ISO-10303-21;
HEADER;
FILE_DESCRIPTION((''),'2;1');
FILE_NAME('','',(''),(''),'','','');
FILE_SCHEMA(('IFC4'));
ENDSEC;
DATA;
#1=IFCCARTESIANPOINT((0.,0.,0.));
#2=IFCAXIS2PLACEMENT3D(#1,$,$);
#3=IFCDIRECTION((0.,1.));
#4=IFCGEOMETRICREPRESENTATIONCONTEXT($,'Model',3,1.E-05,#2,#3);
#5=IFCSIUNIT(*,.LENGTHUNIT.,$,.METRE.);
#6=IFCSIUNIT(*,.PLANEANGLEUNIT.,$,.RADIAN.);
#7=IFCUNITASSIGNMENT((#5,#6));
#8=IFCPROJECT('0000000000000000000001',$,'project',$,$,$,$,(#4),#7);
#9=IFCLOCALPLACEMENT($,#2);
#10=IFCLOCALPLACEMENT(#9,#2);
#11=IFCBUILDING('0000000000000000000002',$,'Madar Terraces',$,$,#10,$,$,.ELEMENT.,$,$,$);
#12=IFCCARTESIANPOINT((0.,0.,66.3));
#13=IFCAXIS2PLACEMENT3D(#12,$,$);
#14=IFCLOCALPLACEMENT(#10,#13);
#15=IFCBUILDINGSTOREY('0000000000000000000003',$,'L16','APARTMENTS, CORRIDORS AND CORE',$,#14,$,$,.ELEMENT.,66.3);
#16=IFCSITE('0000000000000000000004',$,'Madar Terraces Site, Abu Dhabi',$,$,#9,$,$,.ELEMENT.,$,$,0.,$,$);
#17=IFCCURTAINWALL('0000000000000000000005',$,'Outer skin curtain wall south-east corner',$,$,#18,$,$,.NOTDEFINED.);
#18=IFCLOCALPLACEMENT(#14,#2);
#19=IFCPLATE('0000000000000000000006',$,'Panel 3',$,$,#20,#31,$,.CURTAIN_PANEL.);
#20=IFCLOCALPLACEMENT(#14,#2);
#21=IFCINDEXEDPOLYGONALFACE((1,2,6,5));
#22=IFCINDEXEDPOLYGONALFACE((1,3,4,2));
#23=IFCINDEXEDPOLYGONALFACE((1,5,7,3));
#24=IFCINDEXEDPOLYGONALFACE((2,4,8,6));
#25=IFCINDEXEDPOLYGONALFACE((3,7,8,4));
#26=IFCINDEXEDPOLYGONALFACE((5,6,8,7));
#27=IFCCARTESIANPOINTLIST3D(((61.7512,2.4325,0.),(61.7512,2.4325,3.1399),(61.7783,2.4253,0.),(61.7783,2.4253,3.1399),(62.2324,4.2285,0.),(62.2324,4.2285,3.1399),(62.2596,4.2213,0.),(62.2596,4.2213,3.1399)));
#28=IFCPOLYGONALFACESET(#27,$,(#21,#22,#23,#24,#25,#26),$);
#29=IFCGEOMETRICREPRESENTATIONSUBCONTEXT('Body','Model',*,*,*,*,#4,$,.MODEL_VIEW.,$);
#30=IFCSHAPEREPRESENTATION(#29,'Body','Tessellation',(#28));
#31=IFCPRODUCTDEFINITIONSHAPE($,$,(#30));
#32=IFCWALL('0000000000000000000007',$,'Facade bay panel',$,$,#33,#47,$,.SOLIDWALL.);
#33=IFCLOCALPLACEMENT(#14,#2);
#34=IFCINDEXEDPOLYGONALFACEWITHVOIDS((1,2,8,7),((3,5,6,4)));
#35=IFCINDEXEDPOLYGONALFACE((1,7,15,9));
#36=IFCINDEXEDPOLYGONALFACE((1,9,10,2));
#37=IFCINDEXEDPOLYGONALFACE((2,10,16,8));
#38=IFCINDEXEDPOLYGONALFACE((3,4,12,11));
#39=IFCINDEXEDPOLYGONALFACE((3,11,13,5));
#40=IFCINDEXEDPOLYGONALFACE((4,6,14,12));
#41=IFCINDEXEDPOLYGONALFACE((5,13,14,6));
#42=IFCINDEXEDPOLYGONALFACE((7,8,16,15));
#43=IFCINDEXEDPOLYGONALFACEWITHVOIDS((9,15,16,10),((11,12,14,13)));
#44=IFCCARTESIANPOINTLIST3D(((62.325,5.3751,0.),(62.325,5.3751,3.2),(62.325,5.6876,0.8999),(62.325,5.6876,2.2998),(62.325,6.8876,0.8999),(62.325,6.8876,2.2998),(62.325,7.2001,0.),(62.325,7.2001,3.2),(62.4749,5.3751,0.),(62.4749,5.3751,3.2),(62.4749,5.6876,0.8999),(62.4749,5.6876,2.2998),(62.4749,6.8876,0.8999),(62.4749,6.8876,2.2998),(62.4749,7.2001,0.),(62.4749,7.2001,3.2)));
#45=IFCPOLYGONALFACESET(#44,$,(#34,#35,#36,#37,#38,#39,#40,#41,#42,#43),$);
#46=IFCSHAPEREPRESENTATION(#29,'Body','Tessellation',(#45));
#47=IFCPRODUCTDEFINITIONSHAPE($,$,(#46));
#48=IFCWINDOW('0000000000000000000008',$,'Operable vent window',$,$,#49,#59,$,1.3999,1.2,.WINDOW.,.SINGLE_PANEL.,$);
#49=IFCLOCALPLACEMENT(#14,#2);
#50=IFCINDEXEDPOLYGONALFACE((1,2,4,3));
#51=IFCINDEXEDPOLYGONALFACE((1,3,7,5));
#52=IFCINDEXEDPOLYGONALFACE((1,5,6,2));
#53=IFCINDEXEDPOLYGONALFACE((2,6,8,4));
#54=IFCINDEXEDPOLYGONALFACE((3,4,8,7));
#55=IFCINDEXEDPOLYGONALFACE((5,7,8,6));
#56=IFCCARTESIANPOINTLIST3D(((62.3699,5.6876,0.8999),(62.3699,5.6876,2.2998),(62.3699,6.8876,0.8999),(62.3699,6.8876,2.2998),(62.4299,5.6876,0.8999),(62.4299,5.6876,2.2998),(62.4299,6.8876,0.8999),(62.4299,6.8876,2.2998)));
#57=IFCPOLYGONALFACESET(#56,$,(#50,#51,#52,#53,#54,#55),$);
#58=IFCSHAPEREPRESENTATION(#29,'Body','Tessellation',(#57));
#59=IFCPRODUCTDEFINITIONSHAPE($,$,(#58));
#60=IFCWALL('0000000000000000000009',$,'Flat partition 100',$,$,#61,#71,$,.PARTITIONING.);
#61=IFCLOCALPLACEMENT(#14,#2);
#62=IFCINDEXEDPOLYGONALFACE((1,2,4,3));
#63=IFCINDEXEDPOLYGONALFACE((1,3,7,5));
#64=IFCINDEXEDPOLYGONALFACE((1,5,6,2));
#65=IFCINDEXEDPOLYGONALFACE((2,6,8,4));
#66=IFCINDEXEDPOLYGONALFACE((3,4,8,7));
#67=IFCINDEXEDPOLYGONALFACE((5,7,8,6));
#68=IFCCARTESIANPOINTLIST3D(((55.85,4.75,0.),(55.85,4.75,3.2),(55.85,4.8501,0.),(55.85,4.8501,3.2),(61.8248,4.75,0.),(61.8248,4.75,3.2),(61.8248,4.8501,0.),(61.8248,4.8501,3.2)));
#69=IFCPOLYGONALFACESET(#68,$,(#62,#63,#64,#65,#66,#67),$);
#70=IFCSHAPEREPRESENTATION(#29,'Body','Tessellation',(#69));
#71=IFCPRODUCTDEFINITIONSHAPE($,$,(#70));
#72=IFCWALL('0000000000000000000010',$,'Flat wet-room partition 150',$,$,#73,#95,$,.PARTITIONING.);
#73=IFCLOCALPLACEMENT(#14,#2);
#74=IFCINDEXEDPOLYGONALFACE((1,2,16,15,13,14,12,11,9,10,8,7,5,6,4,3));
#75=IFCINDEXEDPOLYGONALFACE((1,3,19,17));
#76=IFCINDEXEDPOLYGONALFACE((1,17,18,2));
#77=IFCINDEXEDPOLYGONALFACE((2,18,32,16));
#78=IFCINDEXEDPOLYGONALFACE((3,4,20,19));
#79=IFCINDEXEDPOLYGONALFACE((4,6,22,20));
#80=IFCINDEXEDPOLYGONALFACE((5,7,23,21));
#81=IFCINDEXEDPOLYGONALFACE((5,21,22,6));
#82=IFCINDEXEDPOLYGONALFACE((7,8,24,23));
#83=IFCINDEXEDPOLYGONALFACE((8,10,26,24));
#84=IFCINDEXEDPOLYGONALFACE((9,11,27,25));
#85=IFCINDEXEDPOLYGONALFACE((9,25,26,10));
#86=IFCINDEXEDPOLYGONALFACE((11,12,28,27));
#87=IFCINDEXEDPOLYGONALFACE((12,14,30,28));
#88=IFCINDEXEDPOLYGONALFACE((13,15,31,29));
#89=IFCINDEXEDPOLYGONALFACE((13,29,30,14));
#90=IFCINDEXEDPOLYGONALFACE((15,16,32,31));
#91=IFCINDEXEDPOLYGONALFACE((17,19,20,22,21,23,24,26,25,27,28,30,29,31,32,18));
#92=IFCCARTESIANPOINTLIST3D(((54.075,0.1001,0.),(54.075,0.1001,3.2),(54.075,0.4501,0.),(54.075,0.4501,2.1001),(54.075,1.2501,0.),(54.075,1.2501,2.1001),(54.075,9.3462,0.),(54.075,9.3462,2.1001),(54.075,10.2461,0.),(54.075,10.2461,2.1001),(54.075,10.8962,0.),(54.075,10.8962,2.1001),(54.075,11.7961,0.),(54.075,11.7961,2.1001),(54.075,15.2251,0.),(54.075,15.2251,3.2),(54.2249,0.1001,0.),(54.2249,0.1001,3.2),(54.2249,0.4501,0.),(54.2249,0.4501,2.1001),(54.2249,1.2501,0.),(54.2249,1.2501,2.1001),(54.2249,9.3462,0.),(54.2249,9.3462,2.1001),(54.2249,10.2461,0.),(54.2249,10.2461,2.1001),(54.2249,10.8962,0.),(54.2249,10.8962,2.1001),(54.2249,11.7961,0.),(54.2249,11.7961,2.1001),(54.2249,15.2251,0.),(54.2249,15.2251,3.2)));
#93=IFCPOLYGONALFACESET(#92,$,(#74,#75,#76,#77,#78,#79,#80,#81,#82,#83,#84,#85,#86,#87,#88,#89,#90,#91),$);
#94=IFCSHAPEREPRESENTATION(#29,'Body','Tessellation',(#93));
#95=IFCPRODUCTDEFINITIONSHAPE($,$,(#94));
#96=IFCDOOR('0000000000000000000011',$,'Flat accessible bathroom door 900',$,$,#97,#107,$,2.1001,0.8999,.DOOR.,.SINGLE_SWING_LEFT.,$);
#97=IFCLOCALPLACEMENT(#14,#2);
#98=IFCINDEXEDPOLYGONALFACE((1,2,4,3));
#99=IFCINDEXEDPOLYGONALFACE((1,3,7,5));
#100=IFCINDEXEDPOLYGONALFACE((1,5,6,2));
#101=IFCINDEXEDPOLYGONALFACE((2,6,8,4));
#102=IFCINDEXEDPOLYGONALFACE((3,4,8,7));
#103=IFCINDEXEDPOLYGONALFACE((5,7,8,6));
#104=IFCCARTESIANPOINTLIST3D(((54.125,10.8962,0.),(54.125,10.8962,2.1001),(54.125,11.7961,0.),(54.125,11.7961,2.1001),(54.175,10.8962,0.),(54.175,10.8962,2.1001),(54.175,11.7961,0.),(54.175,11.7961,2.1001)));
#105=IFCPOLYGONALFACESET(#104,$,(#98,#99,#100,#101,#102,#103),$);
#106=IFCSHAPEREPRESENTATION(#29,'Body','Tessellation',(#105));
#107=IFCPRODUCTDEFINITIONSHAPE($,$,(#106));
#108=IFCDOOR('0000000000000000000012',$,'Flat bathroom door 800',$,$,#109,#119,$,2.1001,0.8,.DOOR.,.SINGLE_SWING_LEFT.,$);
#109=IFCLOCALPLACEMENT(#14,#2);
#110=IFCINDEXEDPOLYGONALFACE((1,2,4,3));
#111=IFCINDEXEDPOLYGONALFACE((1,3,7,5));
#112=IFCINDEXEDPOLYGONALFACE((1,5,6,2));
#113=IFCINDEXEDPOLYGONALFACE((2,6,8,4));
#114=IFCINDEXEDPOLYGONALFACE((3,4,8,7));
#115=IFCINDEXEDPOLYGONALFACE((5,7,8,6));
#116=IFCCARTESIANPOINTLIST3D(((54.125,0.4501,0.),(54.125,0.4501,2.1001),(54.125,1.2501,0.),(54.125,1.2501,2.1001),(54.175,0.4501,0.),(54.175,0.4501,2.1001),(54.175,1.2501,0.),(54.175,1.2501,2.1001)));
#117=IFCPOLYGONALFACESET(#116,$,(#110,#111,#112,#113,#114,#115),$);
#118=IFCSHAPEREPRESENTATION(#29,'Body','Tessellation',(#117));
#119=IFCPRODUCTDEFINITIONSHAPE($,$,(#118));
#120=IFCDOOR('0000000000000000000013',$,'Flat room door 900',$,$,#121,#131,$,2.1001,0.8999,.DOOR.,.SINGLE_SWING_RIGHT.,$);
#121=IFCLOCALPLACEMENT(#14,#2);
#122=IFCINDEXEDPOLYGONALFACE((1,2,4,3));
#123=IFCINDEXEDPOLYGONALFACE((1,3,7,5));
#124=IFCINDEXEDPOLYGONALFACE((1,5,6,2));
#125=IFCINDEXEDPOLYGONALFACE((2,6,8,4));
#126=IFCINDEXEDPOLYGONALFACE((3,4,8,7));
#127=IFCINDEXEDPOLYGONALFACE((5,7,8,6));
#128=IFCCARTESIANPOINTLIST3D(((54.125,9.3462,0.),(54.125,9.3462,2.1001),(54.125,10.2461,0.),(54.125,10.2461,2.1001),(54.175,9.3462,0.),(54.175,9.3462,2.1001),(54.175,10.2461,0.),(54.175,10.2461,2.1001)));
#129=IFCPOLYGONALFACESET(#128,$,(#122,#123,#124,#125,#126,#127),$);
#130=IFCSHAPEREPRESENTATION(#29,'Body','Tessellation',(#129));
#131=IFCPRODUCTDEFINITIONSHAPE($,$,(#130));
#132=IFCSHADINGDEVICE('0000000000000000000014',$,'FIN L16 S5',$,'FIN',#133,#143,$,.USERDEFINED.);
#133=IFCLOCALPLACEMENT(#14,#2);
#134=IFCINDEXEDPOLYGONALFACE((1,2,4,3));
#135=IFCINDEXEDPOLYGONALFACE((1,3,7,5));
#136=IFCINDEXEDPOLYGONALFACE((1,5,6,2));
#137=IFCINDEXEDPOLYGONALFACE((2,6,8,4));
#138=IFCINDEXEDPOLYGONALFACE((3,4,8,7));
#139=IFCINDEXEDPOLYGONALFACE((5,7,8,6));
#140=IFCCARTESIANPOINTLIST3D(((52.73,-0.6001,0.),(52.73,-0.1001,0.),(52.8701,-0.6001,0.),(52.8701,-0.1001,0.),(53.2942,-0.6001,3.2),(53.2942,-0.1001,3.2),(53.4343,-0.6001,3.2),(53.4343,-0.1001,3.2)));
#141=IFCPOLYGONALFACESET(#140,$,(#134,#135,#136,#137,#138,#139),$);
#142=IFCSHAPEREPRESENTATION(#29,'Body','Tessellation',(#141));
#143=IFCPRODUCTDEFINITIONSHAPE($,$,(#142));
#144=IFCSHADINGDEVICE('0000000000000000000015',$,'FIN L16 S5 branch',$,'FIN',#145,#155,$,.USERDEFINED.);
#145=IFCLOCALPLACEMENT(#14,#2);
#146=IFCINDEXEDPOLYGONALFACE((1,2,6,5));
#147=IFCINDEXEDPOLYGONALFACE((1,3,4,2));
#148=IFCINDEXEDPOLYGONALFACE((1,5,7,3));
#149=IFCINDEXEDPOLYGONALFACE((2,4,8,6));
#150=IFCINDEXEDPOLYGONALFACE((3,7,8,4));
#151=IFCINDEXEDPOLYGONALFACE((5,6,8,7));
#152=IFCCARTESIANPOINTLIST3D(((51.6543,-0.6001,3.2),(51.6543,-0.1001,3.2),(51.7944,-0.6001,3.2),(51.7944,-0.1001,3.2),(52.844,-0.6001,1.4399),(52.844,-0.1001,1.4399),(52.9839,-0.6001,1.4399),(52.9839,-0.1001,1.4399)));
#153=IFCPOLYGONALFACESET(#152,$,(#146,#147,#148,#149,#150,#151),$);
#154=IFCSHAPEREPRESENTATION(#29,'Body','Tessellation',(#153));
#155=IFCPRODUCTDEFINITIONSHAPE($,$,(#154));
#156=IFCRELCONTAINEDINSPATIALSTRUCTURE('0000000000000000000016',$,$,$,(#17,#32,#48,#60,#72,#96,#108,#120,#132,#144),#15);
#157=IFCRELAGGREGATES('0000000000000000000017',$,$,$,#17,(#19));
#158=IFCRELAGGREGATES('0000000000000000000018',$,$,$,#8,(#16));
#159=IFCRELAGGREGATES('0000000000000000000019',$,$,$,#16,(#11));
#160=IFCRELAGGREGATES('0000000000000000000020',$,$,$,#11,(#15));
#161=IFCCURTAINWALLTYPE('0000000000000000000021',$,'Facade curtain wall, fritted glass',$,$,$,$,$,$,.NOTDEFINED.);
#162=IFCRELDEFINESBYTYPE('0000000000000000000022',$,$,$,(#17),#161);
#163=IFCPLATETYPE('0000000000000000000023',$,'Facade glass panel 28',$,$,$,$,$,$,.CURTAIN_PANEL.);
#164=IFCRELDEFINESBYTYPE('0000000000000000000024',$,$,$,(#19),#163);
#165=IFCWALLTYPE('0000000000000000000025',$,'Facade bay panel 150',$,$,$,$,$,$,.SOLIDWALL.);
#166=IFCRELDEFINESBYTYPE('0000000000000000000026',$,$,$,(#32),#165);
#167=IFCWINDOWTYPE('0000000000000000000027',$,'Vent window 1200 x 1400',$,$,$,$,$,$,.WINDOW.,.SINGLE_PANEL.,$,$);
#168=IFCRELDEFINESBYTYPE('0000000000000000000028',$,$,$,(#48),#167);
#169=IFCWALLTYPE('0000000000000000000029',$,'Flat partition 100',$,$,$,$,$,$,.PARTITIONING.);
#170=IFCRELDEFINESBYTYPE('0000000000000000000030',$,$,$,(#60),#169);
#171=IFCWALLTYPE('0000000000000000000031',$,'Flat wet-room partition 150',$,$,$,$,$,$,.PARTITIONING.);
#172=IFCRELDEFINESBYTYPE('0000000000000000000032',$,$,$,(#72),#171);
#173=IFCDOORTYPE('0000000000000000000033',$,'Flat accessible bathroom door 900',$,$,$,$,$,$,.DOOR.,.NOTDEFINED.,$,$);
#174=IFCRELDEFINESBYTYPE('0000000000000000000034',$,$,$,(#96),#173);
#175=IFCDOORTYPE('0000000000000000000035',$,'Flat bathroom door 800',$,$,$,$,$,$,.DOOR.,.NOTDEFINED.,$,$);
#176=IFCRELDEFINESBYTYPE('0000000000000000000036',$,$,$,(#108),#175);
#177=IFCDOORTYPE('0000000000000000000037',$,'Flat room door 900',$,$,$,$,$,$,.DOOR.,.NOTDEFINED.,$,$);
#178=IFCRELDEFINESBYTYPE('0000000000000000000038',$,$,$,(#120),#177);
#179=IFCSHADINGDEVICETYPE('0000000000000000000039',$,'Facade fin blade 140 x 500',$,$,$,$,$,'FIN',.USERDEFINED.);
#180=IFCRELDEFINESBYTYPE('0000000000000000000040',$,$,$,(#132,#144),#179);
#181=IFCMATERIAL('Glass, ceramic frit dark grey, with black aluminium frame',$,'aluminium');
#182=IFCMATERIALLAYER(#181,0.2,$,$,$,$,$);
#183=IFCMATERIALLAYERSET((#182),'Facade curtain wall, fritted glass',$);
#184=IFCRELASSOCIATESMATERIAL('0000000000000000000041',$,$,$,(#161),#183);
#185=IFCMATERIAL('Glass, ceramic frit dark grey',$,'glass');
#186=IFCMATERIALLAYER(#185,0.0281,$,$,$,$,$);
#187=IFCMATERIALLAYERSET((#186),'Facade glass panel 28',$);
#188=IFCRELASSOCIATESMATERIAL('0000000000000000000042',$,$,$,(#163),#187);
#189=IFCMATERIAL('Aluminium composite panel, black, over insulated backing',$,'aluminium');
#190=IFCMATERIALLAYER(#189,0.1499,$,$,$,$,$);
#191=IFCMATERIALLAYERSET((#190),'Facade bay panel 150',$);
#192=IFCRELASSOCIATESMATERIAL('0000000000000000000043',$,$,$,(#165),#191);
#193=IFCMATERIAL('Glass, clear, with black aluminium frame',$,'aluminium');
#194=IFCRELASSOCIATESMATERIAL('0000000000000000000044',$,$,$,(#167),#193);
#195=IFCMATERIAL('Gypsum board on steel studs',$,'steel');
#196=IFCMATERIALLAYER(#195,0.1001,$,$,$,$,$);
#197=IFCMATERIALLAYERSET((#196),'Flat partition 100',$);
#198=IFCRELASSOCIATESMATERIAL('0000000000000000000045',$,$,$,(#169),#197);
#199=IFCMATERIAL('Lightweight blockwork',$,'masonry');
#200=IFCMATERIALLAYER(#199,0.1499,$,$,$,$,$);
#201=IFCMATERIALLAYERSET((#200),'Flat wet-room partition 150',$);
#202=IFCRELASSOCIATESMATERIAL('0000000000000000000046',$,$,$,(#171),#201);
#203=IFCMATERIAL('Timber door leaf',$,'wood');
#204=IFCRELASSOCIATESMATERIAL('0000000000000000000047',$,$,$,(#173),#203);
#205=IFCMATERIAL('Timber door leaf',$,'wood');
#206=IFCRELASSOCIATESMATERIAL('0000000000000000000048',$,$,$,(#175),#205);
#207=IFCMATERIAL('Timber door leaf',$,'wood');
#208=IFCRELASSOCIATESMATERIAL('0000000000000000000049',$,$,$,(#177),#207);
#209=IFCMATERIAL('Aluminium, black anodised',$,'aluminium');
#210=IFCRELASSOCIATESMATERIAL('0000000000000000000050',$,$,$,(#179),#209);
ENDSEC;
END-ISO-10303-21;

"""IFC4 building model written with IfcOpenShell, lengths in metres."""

from ifc_helpers import new_model, si_unit, direction, frame, frame_2d, origin, origin_2d, place, context, subcontext, project, spatial, polyline, rectangle, outline, extrude, material, layer, layer_set, type_object, element, fill, aggregate, save


model = new_model("IFC4")

# Units and contexts
model_context = context("Model", 3, precision=1e-05, world=origin(), true_north=direction((0.0, 1.0)))
body_context = subcontext(model_context, "Body", "Model", "MODEL_VIEW")
ifc_project = project(units=[si_unit("LENGTHUNIT", "METRE"), si_unit("PLANEANGLEUNIT", "RADIAN")], contexts=[model_context])

# Site, building, storey
site_placement = place(None, origin())
site = spatial("IfcSite", under=ifc_project, at=site_placement, Name="Madar Terraces Site, Abu Dhabi", CompositionType="ELEMENT", RefElevation=0.0)
building_placement = place(site_placement, origin())
building = spatial("IfcBuilding", under=site, at=building_placement, Name="Madar Terraces", CompositionType="ELEMENT")
storey_placement = place(building_placement, frame((0.0, 0.0, 66.3)))
storey = spatial("IfcBuildingStorey", under=building, at=storey_placement, Name="L16", Description="APARTMENTS, CORRIDORS AND CORE", CompositionType="ELEMENT", Elevation=66.3)

# Shared definitions
ifc_material_1 = material(Name="Glass, ceramic frit dark grey, with black aluminium frame", Category="aluminium")
ifc_layer_1 = layer(ifc_material_1, 0.2)
ifc_layer_set_1 = layer_set([ifc_layer_1], Name="Facade curtain wall, fritted glass")
curtain_wall_type = type_object("IfcCurtainWallType", Name="Facade curtain wall, fritted glass", PredefinedType="NOTDEFINED", material=ifc_layer_set_1)

# Curtain wall
curtain_wall_1_placement = place(storey_placement, origin())
curtain_wall_1 = element("IfcCurtainWall", 1, at=curtain_wall_1_placement, inside=storey, type_object=curtain_wall_type, Name="Outer skin curtain wall south-east corner", PredefinedType="NOTDEFINED")

# Plate
ifc_material_2 = material(Name="Glass, ceramic frit dark grey", Category="glass")
ifc_layer_2 = layer(ifc_material_2, 0.0281)
ifc_layer_set_2 = layer_set([ifc_layer_2], Name="Facade glass panel 28")
plate_type = type_object("IfcPlateType", Name="Facade glass panel 28", PredefinedType="CURTAIN_PANEL", material=ifc_layer_set_2)
plate_1_placement = place(storey_placement, frame((62.0054, 3.3269, 0.0), z_axis=(0.0, 0.0, 1.0), x_axis=(0.258819, 0.965926, 0.0)))
plate_1 = element("IfcPlate", 2, at=plate_1_placement, type_object=plate_type, Name="Panel 3", PredefinedType="CURTAIN_PANEL", context=body_context, shape_type="SweptSolid", body=[
    extrude(rectangle(XDim=1.8594, YDim=0.0281, at=origin_2d()), origin(), (0.0, 0.0, 1.0), 3.1399),
])
aggregate(curtain_wall_1, [plate_1])

# Wall, opening, window
ifc_material_3 = material(Name="Aluminium composite panel, black, over insulated backing", Category="aluminium")
ifc_layer_3 = layer(ifc_material_3, 0.1499)
ifc_layer_set_3 = layer_set([ifc_layer_3], Name="Facade bay panel 150")
wall_type_1 = type_object("IfcWallType", Name="Facade bay panel 150", PredefinedType="SOLIDWALL", material=ifc_layer_set_3)
wall_1_placement = place(storey_placement, frame((62.3999, 5.375, 0.0), z_axis=(0.0, 0.0, 1.0), x_axis=(0.0, 1.0, 0.0)))
wall_1 = element("IfcWall", 3, at=wall_1_placement, inside=storey, type_object=wall_type_1, Name="Facade bay panel", PredefinedType="SOLIDWALL", context=body_context, shape_type="SweptSolid", body=[
    extrude(rectangle(XDim=1.825, YDim=0.1499, at=frame_2d((0.9126, 0.0))), origin(), (0.0, 0.0, 1.0), 3.2),
])
opening_1_placement = place(wall_1_placement, frame((0.3125, 0.0, 0.8999)))
opening_1 = element("IfcOpeningElement", 4, at=opening_1_placement, cuts=wall_1, PredefinedType="OPENING", context=body_context, shape_type="SweptSolid", body=[
    extrude(rectangle(XDim=1.2, YDim=1.3999, at=frame_2d((0.6001, 0.7))), frame((0.0, 0.085, 0.0), z_axis=(0.0, -1.0, 0.0), x_axis=(1.0, 0.0, 0.0)), (0.0, 0.0, 1.0), 0.1699),
])
ifc_material_4 = material(Name="Glass, clear, with black aluminium frame", Category="aluminium")
window_type = type_object("IfcWindowType", Name="Vent window 1200 x 1400", PartitioningType="SINGLE_PANEL", PredefinedType="WINDOW", material=ifc_material_4)
window_placement = place(opening_1_placement, origin())
window = element("IfcWindow", 5, at=window_placement, inside=storey, type_object=window_type, Name="Operable vent window", OverallHeight=1.3999, OverallWidth=1.2, PartitioningType="SINGLE_PANEL", PredefinedType="WINDOW", context=body_context, shape_type="SweptSolid", body=[
    extrude(rectangle(XDim=1.2, YDim=1.3999, at=frame_2d((0.6001, 0.7))), frame((0.0, 0.03, 0.0), z_axis=(0.0, -1.0, 0.0), x_axis=(1.0, 0.0, 0.0)), (0.0, 0.0, 1.0), 0.0601),
])
fill(opening_1, window)

# Wall
ifc_material_5 = material(Name="Gypsum board on steel studs", Category="steel")
ifc_layer_4 = layer(ifc_material_5, 0.1001)
ifc_layer_set_4 = layer_set([ifc_layer_4], Name="Flat partition 100")
wall_type_2 = type_object("IfcWallType", Name="Flat partition 100", PredefinedType="PARTITIONING", material=ifc_layer_set_4)
wall_2_placement = place(storey_placement, frame((55.8501, 4.8, 0.0), z_axis=(0.0, 0.0, 1.0), x_axis=(1.0, 0.0, 0.0)))
element("IfcWall", 6, at=wall_2_placement, inside=storey, type_object=wall_type_2, Name="Flat partition 100", PredefinedType="PARTITIONING", context=body_context, shape_type="SweptSolid", body=[
    extrude(rectangle(XDim=5.9749, YDim=0.1001, at=frame_2d((2.9873, 0.0))), origin(), (0.0, 0.0, 1.0), 3.2),
])

# Wall, openings, doors
ifc_material_6 = material(Name="Lightweight blockwork", Category="masonry")
ifc_layer_5 = layer(ifc_material_6, 0.1499)
ifc_layer_set_5 = layer_set([ifc_layer_5], Name="Flat wet-room partition 150")
wall_type_3 = type_object("IfcWallType", Name="Flat wet-room partition 150", PredefinedType="PARTITIONING", material=ifc_layer_set_5)
wall_3_placement = place(storey_placement, frame((54.1499, 0.1001, 0.0), z_axis=(0.0, 0.0, 1.0), x_axis=(0.0, 1.0, 0.0)))
wall_3 = element("IfcWall", 7, at=wall_3_placement, inside=storey, type_object=wall_type_3, Name="Flat wet-room partition 150", PredefinedType="PARTITIONING", context=body_context, shape_type="SweptSolid", body=[
    extrude(rectangle(XDim=15.125, YDim=0.1499, at=frame_2d((7.5625, 0.0))), origin(), (0.0, 0.0, 1.0), 3.2),
])
opening_2_placement = place(wall_3_placement, frame((10.7961, 0.0, 0.0)))
opening_2 = element("IfcOpeningElement", 8, at=opening_2_placement, cuts=wall_3, PredefinedType="OPENING", context=body_context, shape_type="SweptSolid", body=[
    extrude(rectangle(XDim=0.8999, YDim=2.1001, at=frame_2d((0.45, 1.05))), frame((0.0, 0.085, 0.0), z_axis=(0.0, -1.0, 0.0), x_axis=(1.0, 0.0, 0.0)), (0.0, 0.0, 1.0), 0.1699),
])
opening_3_placement = place(wall_3_placement, frame((9.2461, 0.0, 0.0)))
opening_3 = element("IfcOpeningElement", 9, at=opening_3_placement, cuts=wall_3, PredefinedType="OPENING", context=body_context, shape_type="SweptSolid", body=[
    extrude(rectangle(XDim=0.8999, YDim=2.1001, at=frame_2d((0.45, 1.05))), frame((0.0, 0.085, 0.0), z_axis=(0.0, -1.0, 0.0), x_axis=(1.0, 0.0, 0.0)), (0.0, 0.0, 1.0), 0.1699),
])
opening_4_placement = place(wall_3_placement, frame((0.3501, 0.0, 0.0)))
opening_4 = element("IfcOpeningElement", 10, at=opening_4_placement, cuts=wall_3, PredefinedType="OPENING", context=body_context, shape_type="SweptSolid", body=[
    extrude(rectangle(XDim=0.8, YDim=2.1001, at=frame_2d((0.3999, 1.05))), frame((0.0, 0.085, 0.0), z_axis=(0.0, -1.0, 0.0), x_axis=(1.0, 0.0, 0.0)), (0.0, 0.0, 1.0), 0.1699),
])
ifc_material_7 = material(Name="Timber door leaf", Category="wood")
door_type_1 = type_object("IfcDoorType", Name="Flat accessible bathroom door 900", OperationType="NOTDEFINED", PredefinedType="DOOR", material=ifc_material_7)
door_1_placement = place(opening_2_placement, origin())
door_1 = element("IfcDoor", 11, at=door_1_placement, inside=storey, type_object=door_type_1, Name="Flat accessible bathroom door 900", OperationType="SINGLE_SWING_LEFT", OverallHeight=2.1001, OverallWidth=0.8999, PredefinedType="DOOR", context=body_context, shape_type="SweptSolid", body=[
    extrude(rectangle(XDim=0.8999, YDim=2.1001, at=frame_2d((0.45, 1.05))), frame((0.0, 0.0249, 0.0), z_axis=(0.0, -1.0, 0.0), x_axis=(1.0, 0.0, 0.0)), (0.0, 0.0, 1.0), 0.05),
])
fill(opening_2, door_1)
ifc_material_8 = material(Name="Timber door leaf", Category="wood")
door_type_2 = type_object("IfcDoorType", Name="Flat bathroom door 800", OperationType="NOTDEFINED", PredefinedType="DOOR", material=ifc_material_8)
door_2_placement = place(opening_4_placement, origin())
door_2 = element("IfcDoor", 12, at=door_2_placement, inside=storey, type_object=door_type_2, Name="Flat bathroom door 800", OperationType="SINGLE_SWING_LEFT", OverallHeight=2.1001, OverallWidth=0.8, PredefinedType="DOOR", context=body_context, shape_type="SweptSolid", body=[
    extrude(rectangle(XDim=0.8, YDim=2.1001, at=frame_2d((0.3999, 1.05))), frame((0.0, 0.0249, 0.0), z_axis=(0.0, -1.0, 0.0), x_axis=(1.0, 0.0, 0.0)), (0.0, 0.0, 1.0), 0.05),
])
fill(opening_4, door_2)
ifc_material_9 = material(Name="Timber door leaf", Category="wood")
door_type_3 = type_object("IfcDoorType", Name="Flat room door 900", OperationType="NOTDEFINED", PredefinedType="DOOR", material=ifc_material_9)
door_3_placement = place(opening_3_placement, origin())
door_3 = element("IfcDoor", 13, at=door_3_placement, inside=storey, type_object=door_type_3, Name="Flat room door 900", OperationType="SINGLE_SWING_RIGHT", OverallHeight=2.1001, OverallWidth=0.8999, PredefinedType="DOOR", context=body_context, shape_type="SweptSolid", body=[
    extrude(rectangle(XDim=0.8999, YDim=2.1001, at=frame_2d((0.45, 1.05))), frame((0.0, 0.0249, 0.0), z_axis=(0.0, -1.0, 0.0), x_axis=(1.0, 0.0, 0.0)), (0.0, 0.0, 1.0), 0.05),
])
fill(opening_3, door_3)

# Shading devices
ifc_material_10 = material(Name="Aluminium, black anodised", Category="aluminium")
shading_device_type = type_object("IfcShadingDeviceType", Name="Facade fin blade 140 x 500", ElementType="FIN", PredefinedType="USERDEFINED", material=ifc_material_10)
shading_device_1_placement = place(storey_placement, frame((52.73, -0.3501, 0.0), z_axis=(0.0, 0.0, 1.0), x_axis=(1.0, 0.0, 0.0)))
element("IfcShadingDevice", 14, at=shading_device_1_placement, inside=storey, type_object=shading_device_type, Name="FIN L16 S5", ObjectType="FIN", PredefinedType="USERDEFINED", context=body_context, shape_type="SweptSolid", body=[
    extrude(outline(polyline([(0.0, 0.0), (0.1401, 0.0), (0.7043, 3.2), (0.5642, 3.2), (0.0, 0.0)])), frame((0.0, 0.25, 0.0), z_axis=(0.0, -1.0, 0.0), x_axis=(1.0, 0.0, 0.0)), (0.0, 0.0, 1.0), 0.5),
])
shading_device_2_placement = place(storey_placement, frame((52.844, -0.3501, 1.4399), z_axis=(0.0, 0.0, 1.0), x_axis=(1.0, 0.0, 0.0)))
element("IfcShadingDevice", 15, at=shading_device_2_placement, inside=storey, type_object=shading_device_type, Name="FIN L16 S5 branch", ObjectType="FIN", PredefinedType="USERDEFINED", context=body_context, shape_type="SweptSolid", body=[
    extrude(outline(polyline([(0.0, 0.0), (0.1399, 0.0), (-1.0496, 1.76), (-1.1897, 1.76), (0.0, 0.0)])), frame((0.0, 0.25, 0.0), z_axis=(0.0, -1.0, 0.0), x_axis=(1.0, 0.0, 0.0)), (0.0, 0.0, 1.0), 0.5),
])

save(model, "model.ifc")
